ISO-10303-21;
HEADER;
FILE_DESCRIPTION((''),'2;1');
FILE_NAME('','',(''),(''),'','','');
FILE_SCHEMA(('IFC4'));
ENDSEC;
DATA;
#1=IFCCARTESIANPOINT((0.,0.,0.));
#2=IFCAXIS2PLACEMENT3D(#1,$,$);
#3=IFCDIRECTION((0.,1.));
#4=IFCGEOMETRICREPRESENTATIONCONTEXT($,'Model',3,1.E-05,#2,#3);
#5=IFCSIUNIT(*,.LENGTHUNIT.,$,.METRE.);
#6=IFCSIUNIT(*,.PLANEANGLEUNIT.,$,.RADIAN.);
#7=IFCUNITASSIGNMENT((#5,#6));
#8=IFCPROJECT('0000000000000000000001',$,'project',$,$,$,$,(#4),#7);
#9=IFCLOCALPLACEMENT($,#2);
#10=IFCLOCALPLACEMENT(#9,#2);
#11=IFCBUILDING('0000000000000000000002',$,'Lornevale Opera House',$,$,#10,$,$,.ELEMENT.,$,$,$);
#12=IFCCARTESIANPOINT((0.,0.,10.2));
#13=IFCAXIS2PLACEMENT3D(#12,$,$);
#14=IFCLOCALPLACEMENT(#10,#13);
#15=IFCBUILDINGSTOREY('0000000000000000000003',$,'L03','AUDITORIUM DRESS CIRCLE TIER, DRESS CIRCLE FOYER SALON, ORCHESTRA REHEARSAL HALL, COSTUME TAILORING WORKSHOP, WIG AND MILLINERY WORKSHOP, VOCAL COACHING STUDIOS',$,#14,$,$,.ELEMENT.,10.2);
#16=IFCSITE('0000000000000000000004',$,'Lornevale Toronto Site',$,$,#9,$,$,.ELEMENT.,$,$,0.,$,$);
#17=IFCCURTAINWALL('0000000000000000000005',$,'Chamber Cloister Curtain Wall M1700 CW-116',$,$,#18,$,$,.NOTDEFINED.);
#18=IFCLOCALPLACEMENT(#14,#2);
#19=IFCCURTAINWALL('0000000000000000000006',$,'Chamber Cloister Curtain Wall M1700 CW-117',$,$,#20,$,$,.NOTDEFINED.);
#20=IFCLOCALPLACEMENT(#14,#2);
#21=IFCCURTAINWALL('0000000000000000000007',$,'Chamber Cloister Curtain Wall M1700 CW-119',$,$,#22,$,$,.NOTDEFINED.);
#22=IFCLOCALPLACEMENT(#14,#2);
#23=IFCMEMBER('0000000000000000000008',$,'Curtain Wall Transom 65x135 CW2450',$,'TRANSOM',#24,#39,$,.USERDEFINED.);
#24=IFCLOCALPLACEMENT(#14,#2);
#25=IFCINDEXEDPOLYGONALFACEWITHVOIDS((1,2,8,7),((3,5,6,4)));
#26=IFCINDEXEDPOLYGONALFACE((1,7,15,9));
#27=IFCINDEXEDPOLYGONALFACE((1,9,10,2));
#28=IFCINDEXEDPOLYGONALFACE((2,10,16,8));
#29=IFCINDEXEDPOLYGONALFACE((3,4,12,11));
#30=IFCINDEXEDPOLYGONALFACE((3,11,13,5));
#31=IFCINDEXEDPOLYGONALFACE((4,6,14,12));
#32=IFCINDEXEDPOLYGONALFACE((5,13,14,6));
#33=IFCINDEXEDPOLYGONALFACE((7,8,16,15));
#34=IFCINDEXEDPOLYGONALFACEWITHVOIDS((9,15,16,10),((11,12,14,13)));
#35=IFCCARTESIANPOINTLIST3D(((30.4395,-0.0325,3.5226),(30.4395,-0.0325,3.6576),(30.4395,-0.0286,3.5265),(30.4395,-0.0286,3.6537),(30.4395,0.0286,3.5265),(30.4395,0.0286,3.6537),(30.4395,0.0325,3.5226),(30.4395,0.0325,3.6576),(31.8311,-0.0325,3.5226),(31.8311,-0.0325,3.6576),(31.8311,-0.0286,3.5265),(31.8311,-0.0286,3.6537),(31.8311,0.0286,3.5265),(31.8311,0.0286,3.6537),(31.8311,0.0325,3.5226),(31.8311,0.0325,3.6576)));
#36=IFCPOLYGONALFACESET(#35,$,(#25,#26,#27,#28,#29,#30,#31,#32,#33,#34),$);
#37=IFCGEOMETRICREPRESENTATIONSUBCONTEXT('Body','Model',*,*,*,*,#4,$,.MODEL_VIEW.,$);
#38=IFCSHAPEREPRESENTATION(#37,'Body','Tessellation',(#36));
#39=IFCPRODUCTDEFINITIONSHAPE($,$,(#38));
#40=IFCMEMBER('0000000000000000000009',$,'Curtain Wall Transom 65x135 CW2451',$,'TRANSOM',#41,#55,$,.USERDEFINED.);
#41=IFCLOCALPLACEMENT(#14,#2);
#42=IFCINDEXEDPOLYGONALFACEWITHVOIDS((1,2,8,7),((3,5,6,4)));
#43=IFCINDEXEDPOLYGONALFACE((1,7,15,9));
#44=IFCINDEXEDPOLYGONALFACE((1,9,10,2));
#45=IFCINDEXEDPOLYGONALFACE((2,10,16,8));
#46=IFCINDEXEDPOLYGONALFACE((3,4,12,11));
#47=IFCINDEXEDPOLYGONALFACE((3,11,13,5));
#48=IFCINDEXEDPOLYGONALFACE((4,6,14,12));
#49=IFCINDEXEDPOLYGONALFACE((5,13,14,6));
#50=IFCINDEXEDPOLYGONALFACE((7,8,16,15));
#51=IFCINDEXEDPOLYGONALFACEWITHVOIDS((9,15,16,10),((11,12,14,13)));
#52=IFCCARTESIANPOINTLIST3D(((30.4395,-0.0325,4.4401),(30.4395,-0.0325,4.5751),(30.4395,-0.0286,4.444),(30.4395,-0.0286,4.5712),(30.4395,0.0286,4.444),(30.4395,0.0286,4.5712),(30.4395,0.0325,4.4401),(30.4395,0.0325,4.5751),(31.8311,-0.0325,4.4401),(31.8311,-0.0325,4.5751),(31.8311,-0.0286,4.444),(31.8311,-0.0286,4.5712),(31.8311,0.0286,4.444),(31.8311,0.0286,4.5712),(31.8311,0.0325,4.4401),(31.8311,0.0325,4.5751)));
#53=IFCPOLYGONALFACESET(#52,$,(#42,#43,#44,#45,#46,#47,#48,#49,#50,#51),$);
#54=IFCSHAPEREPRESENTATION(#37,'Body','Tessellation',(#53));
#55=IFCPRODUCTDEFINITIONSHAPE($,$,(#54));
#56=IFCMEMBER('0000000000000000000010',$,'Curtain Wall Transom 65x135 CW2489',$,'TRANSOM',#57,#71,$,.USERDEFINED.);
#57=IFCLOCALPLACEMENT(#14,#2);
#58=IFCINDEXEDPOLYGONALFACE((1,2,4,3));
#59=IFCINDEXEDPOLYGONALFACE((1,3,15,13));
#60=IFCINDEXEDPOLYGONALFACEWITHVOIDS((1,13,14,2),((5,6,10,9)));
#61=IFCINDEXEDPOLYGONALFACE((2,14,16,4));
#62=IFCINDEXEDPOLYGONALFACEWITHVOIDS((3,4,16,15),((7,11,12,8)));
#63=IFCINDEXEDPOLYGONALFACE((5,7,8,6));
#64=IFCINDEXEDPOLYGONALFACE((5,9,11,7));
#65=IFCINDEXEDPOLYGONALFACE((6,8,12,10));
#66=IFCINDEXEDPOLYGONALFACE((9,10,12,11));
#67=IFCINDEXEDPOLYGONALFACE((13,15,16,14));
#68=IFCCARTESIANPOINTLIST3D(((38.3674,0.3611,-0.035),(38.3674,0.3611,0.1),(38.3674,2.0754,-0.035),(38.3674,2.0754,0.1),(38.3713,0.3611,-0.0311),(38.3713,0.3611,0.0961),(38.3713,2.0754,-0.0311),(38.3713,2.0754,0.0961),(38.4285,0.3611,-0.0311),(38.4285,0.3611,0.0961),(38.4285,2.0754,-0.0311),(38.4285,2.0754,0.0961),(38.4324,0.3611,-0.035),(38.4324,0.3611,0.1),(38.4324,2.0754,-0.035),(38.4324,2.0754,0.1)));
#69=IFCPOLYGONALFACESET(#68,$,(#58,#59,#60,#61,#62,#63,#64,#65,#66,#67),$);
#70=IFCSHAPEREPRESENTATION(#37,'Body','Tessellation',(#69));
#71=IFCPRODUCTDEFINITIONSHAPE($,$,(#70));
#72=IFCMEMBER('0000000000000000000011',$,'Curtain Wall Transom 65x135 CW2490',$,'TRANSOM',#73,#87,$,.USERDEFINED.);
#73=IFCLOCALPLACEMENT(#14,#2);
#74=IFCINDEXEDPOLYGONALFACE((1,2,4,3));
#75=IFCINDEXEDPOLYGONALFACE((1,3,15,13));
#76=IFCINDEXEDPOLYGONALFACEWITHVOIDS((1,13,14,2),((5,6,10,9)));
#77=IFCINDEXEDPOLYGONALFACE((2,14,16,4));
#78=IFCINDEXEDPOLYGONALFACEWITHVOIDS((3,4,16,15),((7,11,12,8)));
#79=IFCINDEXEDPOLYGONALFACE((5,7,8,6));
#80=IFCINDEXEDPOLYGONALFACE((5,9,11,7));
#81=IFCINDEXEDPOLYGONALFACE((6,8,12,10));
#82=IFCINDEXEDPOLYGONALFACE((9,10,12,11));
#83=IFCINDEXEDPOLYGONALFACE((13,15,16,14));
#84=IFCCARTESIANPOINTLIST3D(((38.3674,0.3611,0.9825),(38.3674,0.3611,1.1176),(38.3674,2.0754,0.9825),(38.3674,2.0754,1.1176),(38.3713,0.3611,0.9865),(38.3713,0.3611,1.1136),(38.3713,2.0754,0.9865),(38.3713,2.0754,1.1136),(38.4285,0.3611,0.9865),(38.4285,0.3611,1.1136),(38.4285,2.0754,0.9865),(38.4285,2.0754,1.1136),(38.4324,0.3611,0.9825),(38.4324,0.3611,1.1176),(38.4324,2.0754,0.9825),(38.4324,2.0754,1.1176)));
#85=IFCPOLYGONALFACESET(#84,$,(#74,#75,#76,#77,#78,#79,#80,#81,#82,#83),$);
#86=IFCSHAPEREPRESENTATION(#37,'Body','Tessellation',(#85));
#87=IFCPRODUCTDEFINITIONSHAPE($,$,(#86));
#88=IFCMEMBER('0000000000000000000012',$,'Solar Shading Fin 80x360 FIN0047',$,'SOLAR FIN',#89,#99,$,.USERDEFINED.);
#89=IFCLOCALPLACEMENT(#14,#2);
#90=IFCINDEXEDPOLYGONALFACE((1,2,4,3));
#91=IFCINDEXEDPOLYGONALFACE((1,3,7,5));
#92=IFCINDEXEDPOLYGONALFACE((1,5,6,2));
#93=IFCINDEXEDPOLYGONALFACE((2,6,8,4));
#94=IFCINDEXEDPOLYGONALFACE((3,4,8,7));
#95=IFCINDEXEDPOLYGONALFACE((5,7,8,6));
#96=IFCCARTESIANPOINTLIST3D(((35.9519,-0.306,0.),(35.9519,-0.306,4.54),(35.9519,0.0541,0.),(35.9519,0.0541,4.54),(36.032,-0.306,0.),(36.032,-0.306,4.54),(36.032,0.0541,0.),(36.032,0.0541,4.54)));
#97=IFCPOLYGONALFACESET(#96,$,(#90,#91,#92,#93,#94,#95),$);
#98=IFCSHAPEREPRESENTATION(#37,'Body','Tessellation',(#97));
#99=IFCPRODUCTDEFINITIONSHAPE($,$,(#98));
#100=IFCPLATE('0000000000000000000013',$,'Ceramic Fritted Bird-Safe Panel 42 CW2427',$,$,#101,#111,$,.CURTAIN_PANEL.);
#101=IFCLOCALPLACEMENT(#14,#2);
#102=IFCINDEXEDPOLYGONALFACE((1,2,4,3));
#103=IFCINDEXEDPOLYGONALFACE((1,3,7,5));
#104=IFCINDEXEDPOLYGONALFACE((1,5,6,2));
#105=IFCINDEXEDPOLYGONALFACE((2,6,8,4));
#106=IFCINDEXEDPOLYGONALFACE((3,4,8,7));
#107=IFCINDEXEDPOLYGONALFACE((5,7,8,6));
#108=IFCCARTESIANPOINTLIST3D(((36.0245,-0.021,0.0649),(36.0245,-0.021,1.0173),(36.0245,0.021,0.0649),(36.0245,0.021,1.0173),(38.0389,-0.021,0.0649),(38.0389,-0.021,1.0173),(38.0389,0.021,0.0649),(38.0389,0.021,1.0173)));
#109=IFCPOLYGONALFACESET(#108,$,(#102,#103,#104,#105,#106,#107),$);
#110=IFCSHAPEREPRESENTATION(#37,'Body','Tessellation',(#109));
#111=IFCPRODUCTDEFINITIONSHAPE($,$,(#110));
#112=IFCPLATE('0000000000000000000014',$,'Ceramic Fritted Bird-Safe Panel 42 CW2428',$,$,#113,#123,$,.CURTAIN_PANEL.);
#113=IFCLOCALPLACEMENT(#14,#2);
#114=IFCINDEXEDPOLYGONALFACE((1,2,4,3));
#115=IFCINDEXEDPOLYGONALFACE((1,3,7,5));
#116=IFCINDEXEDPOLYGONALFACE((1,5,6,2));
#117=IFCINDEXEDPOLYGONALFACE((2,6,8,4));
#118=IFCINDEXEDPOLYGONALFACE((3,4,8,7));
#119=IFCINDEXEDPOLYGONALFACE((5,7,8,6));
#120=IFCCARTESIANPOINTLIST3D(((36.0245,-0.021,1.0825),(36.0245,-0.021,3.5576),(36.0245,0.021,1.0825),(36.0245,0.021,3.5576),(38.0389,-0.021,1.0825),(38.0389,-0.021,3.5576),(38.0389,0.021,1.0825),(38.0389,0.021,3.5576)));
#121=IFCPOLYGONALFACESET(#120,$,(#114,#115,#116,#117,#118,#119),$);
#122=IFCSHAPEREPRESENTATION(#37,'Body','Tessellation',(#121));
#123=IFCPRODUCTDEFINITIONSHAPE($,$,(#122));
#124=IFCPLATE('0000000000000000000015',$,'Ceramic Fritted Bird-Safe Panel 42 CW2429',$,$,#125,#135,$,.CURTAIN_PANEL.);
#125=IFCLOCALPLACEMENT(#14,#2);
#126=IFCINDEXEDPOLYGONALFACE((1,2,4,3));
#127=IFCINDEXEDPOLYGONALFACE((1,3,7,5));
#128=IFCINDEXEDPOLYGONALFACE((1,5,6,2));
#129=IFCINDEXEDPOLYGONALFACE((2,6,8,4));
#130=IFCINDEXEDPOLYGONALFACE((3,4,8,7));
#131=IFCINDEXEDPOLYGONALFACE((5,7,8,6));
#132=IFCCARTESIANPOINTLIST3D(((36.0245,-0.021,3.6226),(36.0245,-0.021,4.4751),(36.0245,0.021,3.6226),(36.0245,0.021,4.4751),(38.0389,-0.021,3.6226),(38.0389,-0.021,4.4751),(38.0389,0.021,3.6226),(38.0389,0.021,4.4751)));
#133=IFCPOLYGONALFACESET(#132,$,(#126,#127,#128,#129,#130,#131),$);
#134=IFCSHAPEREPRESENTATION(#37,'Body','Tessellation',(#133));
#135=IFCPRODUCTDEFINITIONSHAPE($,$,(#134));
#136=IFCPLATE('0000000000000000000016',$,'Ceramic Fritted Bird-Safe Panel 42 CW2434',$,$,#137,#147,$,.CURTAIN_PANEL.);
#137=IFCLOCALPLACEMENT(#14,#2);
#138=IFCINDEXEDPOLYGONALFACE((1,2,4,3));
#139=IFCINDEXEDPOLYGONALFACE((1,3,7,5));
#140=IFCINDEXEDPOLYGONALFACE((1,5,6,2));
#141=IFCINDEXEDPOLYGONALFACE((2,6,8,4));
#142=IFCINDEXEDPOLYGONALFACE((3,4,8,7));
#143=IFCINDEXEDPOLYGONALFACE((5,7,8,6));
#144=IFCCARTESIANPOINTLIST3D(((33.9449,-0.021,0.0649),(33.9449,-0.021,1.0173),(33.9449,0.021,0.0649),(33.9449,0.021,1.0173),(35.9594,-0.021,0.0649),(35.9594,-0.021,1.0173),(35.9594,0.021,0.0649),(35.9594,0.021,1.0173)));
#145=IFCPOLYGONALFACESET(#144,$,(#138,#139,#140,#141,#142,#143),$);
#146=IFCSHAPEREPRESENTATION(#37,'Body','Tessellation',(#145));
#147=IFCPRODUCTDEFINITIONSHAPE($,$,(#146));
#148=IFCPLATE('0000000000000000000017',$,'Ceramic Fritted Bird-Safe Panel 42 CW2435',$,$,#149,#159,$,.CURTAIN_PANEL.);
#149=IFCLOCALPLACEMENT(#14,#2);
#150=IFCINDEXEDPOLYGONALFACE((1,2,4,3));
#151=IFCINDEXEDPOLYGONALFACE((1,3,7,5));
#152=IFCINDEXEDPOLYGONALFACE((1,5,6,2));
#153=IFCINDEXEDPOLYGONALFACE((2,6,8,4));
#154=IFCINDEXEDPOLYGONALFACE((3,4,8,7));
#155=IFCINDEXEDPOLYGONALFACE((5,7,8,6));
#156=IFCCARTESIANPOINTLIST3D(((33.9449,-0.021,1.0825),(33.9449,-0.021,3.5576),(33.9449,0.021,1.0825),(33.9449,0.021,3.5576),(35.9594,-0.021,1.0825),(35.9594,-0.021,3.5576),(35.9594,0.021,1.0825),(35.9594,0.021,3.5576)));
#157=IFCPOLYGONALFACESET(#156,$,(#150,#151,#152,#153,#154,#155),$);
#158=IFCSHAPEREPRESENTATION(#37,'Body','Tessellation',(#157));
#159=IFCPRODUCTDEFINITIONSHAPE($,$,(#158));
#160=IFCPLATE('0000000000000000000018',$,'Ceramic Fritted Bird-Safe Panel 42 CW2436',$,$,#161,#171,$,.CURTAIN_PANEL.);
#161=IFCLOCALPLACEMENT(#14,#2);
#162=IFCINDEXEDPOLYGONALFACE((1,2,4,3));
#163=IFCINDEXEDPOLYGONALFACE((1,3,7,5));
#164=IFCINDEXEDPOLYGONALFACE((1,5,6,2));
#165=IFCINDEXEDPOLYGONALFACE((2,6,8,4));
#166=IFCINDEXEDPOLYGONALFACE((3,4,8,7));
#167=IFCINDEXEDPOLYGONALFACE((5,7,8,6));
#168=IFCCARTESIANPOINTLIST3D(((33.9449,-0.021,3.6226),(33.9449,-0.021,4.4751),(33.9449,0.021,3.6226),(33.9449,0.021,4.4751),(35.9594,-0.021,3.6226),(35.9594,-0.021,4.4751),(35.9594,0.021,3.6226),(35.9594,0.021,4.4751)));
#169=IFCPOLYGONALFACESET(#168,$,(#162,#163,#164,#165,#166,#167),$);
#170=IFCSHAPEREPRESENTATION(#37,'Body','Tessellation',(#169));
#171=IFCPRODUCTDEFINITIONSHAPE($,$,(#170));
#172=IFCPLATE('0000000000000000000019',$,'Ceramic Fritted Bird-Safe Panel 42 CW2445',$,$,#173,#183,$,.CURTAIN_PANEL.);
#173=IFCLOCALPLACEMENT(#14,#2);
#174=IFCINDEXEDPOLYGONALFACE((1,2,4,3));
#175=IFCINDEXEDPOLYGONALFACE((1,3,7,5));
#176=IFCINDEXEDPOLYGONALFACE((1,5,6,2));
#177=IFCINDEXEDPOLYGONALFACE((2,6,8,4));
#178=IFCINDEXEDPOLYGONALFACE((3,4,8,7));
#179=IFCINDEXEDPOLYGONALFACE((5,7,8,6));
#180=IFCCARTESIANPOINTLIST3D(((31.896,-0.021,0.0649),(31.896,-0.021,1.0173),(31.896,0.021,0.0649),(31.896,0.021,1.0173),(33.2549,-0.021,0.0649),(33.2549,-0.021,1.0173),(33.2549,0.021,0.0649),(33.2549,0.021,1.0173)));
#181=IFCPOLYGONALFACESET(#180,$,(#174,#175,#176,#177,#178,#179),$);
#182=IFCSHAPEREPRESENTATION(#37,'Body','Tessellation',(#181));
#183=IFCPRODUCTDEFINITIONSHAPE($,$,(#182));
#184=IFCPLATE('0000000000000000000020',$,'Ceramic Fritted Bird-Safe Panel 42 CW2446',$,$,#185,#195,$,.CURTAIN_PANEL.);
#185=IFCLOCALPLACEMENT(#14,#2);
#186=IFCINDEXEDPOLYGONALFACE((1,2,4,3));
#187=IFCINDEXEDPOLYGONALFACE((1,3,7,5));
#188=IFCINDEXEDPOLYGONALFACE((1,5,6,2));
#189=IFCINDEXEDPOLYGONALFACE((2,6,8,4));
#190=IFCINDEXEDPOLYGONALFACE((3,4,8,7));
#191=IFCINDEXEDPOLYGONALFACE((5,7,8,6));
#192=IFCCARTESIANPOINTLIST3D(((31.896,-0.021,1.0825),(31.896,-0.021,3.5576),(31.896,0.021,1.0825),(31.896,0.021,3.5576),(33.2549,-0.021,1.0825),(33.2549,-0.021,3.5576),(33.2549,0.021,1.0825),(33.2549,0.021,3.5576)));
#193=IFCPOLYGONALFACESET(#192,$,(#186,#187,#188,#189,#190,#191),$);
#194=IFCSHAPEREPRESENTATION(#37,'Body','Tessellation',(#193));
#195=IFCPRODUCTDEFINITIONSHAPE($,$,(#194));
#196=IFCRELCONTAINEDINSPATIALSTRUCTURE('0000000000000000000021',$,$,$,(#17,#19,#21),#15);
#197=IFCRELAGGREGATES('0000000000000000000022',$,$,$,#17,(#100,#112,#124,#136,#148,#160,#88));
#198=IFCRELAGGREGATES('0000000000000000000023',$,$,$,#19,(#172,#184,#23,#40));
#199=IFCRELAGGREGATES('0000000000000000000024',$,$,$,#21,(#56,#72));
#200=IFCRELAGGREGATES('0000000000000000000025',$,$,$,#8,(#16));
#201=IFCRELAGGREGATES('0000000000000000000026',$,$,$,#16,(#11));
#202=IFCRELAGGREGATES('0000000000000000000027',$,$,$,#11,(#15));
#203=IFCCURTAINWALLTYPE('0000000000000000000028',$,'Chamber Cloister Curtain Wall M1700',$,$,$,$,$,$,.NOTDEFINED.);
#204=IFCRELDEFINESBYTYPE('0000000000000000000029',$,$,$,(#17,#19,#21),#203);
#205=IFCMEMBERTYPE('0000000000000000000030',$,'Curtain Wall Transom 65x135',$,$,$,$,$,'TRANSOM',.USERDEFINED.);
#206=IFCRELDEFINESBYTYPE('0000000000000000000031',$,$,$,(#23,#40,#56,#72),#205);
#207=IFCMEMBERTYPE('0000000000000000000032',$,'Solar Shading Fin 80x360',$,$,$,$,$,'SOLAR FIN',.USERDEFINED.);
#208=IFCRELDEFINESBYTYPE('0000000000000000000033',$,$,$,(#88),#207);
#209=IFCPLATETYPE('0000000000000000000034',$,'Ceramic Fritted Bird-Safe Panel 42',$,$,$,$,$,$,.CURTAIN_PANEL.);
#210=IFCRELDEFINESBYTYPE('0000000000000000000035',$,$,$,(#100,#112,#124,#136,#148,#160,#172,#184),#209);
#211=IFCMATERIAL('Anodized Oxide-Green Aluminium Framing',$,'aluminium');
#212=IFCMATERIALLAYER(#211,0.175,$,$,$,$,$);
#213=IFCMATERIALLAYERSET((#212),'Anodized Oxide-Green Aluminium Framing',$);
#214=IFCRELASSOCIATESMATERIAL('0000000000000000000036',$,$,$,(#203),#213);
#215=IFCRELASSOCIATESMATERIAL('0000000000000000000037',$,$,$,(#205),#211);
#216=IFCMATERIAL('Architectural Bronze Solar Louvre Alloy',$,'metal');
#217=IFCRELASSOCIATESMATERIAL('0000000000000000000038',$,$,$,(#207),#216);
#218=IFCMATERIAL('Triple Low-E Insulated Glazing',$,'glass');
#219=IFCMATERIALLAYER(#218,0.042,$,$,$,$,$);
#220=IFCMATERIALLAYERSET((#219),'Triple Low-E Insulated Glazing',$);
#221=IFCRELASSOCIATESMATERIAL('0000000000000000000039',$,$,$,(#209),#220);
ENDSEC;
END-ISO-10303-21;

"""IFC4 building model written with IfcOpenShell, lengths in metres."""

from ifc_helpers import new_model, si_unit, direction, frame, origin, origin_2d, place, context, subcontext, project, spatial, rectangle, hollow_rectangle, extrude, material, layer, layer_set, material_profile, profile_set, type_object, element, aggregate, save


model = new_model("IFC4")

# Units and contexts
model_context = context("Model", 3, precision=1e-05, world=origin(), true_north=direction((0.0, 1.0)))
body_context = subcontext(model_context, "Body", "Model", "MODEL_VIEW")
ifc_project = project(units=[si_unit("LENGTHUNIT", "METRE"), si_unit("PLANEANGLEUNIT", "RADIAN")], contexts=[model_context])

# Site, building, storey
site_placement = place(None, origin())
site = spatial("IfcSite", under=ifc_project, at=site_placement, Name="Lornevale Toronto Site", CompositionType="ELEMENT", RefElevation=0.0)
building_placement = place(site_placement, origin())
building = spatial("IfcBuilding", under=site, at=building_placement, Name="Lornevale Opera House", CompositionType="ELEMENT")
storey_placement = place(building_placement, frame((0.0, 0.0, 10.2)))
storey = spatial("IfcBuildingStorey", under=building, at=storey_placement, Name="L03", Description="AUDITORIUM DRESS CIRCLE TIER, DRESS CIRCLE FOYER SALON, ORCHESTRA REHEARSAL HALL, COSTUME TAILORING WORKSHOP, WIG AND MILLINERY WORKSHOP, VOCAL COACHING STUDIOS", CompositionType="ELEMENT", Elevation=10.2)

# Curtain walls
ifc_material_1 = material(Name="Anodized Oxide-Green Aluminium Framing", Category="aluminium")
ifc_layer_1 = layer(ifc_material_1, 0.175)
ifc_layer_set_1 = layer_set([ifc_layer_1], Name="Anodized Oxide-Green Aluminium Framing")
curtain_wall_type = type_object("IfcCurtainWallType", Name="Chamber Cloister Curtain Wall M1700", PredefinedType="NOTDEFINED", material=ifc_layer_set_1)
curtain_wall_1_placement = place(storey_placement, origin())
curtain_wall_1 = element("IfcCurtainWall", 1, at=curtain_wall_1_placement, inside=storey, type_object=curtain_wall_type, Name="Chamber Cloister Curtain Wall M1700 CW-116", PredefinedType="NOTDEFINED")
curtain_wall_2_placement = place(storey_placement, origin())
curtain_wall_2 = element("IfcCurtainWall", 2, at=curtain_wall_2_placement, inside=storey, type_object=curtain_wall_type, Name="Chamber Cloister Curtain Wall M1700 CW-117", PredefinedType="NOTDEFINED")

# Curtain wall
curtain_wall_3_placement = place(storey_placement, origin())
curtain_wall_3 = element("IfcCurtainWall", 3, at=curtain_wall_3_placement, inside=storey, type_object=curtain_wall_type, Name="Chamber Cloister Curtain Wall M1700 CW-119", PredefinedType="NOTDEFINED")

# Members
ifc_material_profile_1 = material_profile(ifc_material_1, hollow_rectangle(XDim=0.0649, YDim=0.135, WallThickness=0.0039, at=origin_2d()), Name="ALU65x135x4")
ifc_profile_set_1 = profile_set([ifc_material_profile_1], Name="Anodized Oxide-Green Aluminium Framing")
member_type_1 = type_object("IfcMemberType", Name="Curtain Wall Transom 65x135", ElementType="TRANSOM", PredefinedType="USERDEFINED", material=ifc_profile_set_1)
member_1_placement = place(storey_placement, frame((31.8311, 0.0, 3.5901), z_axis=(-1.0, 0.0, 0.0), x_axis=(0.0, -1.0, 0.0)))
member_1 = element("IfcMember", 4, at=member_1_placement, type_object=member_type_1, Name="Curtain Wall Transom 65x135 CW2450", ObjectType="TRANSOM", PredefinedType="USERDEFINED", context=body_context, shape_type="SweptSolid", body=[
    extrude(hollow_rectangle(XDim=0.0649, YDim=0.135, WallThickness=0.0039, at=origin_2d()), origin(), (0.0, 0.0, 1.0), 1.3916),
])
member_2_placement = place(storey_placement, frame((31.8311, 0.0, 4.5076), z_axis=(-1.0, 0.0, 0.0), x_axis=(0.0, -1.0, 0.0)))
member_2 = element("IfcMember", 5, at=member_2_placement, type_object=member_type_1, Name="Curtain Wall Transom 65x135 CW2451", ObjectType="TRANSOM", PredefinedType="USERDEFINED", context=body_context, shape_type="SweptSolid", body=[
    extrude(hollow_rectangle(XDim=0.0649, YDim=0.135, WallThickness=0.0039, at=origin_2d()), origin(), (0.0, 0.0, 1.0), 1.3916),
])
member_3_placement = place(storey_placement, frame((38.3999, 2.0754, 0.0325), z_axis=(0.0, -1.0, 0.0), x_axis=(1.0, 0.0, 0.0)))
member_3 = element("IfcMember", 6, at=member_3_placement, type_object=member_type_1, Name="Curtain Wall Transom 65x135 CW2489", ObjectType="TRANSOM", PredefinedType="USERDEFINED", context=body_context, shape_type="SweptSolid", body=[
    extrude(hollow_rectangle(XDim=0.0649, YDim=0.135, WallThickness=0.0039, at=origin_2d()), origin(), (0.0, 0.0, 1.0), 1.7144),
])
member_4_placement = place(storey_placement, frame((38.3999, 2.0754, 1.05), z_axis=(0.0, -1.0, 0.0), x_axis=(1.0, 0.0, 0.0)))
member_4 = element("IfcMember", 7, at=member_4_placement, type_object=member_type_1, Name="Curtain Wall Transom 65x135 CW2490", ObjectType="TRANSOM", PredefinedType="USERDEFINED", context=body_context, shape_type="SweptSolid", body=[
    extrude(hollow_rectangle(XDim=0.0649, YDim=0.135, WallThickness=0.0039, at=origin_2d()), origin(), (0.0, 0.0, 1.0), 1.7144),
])
ifc_material_2 = material(Name="Architectural Bronze Solar Louvre Alloy", Category="metal")
ifc_material_profile_2 = material_profile(ifc_material_2, rectangle(XDim=0.0801, YDim=0.3601, at=origin_2d()), Name="FIN80x360")
ifc_profile_set_2 = profile_set([ifc_material_profile_2], Name="Architectural Bronze Solar Louvre Alloy")
member_type_2 = type_object("IfcMemberType", Name="Solar Shading Fin 80x360", ElementType="SOLAR FIN", PredefinedType="USERDEFINED", material=ifc_profile_set_2)
member_5_placement = place(storey_placement, frame((35.9919, -0.126, 0.0), z_axis=(0.0, 0.0, 1.0), x_axis=(-1.0, 0.0, 0.0)))
member_5 = element("IfcMember", 8, at=member_5_placement, type_object=member_type_2, Name="Solar Shading Fin 80x360 FIN0047", ObjectType="SOLAR FIN", PredefinedType="USERDEFINED", context=body_context, shape_type="SweptSolid", body=[
    extrude(rectangle(XDim=0.0801, YDim=0.3601, at=origin_2d()), origin(), (0.0, 0.0, 1.0), 4.54),
])

# Plates
ifc_material_3 = material(Name="Triple Low-E Insulated Glazing", Category="glass")
ifc_layer_2 = layer(ifc_material_3, 0.042)
ifc_layer_set_2 = layer_set([ifc_layer_2], Name="Triple Low-E Insulated Glazing")
plate_type = type_object("IfcPlateType", Name="Ceramic Fritted Bird-Safe Panel 42", PredefinedType="CURTAIN_PANEL", material=ifc_layer_set_2)
plate_1_placement = place(storey_placement, frame((37.0317, 0.0, 0.0649), z_axis=(0.0, 0.0, 1.0), x_axis=(-1.0, 0.0, 0.0)))
plate_1 = element("IfcPlate", 9, at=plate_1_placement, type_object=plate_type, Name="Ceramic Fritted Bird-Safe Panel 42 CW2427", PredefinedType="CURTAIN_PANEL", context=body_context, shape_type="SweptSolid", body=[
    extrude(rectangle(XDim=2.0144, YDim=0.042, at=origin_2d()), origin(), (0.0, 0.0, 1.0), 0.9524),
])
plate_2_placement = place(storey_placement, frame((37.0317, 0.0, 1.0825), z_axis=(0.0, 0.0, 1.0), x_axis=(-1.0, 0.0, 0.0)))
plate_2 = element("IfcPlate", 10, at=plate_2_placement, type_object=plate_type, Name="Ceramic Fritted Bird-Safe Panel 42 CW2428", PredefinedType="CURTAIN_PANEL", context=body_context, shape_type="SweptSolid", body=[
    extrude(rectangle(XDim=2.0144, YDim=0.042, at=origin_2d()), origin(), (0.0, 0.0, 1.0), 2.4751),
])
plate_3_placement = place(storey_placement, frame((37.0317, 0.0, 3.6226), z_axis=(0.0, 0.0, 1.0), x_axis=(-1.0, 0.0, 0.0)))
plate_3 = element("IfcPlate", 11, at=plate_3_placement, type_object=plate_type, Name="Ceramic Fritted Bird-Safe Panel 42 CW2429", PredefinedType="CURTAIN_PANEL", context=body_context, shape_type="SweptSolid", body=[
    extrude(rectangle(XDim=2.0144, YDim=0.042, at=origin_2d()), origin(), (0.0, 0.0, 1.0), 0.8525),
])
plate_4_placement = place(storey_placement, frame((34.9521, 0.0, 0.0649), z_axis=(0.0, 0.0, 1.0), x_axis=(-1.0, 0.0, 0.0)))
plate_4 = element("IfcPlate", 12, at=plate_4_placement, type_object=plate_type, Name="Ceramic Fritted Bird-Safe Panel 42 CW2434", PredefinedType="CURTAIN_PANEL", context=body_context, shape_type="SweptSolid", body=[
    extrude(rectangle(XDim=2.0144, YDim=0.042, at=origin_2d()), origin(), (0.0, 0.0, 1.0), 0.9524),
])
plate_5_placement = place(storey_placement, frame((34.9521, 0.0, 1.0825), z_axis=(0.0, 0.0, 1.0), x_axis=(-1.0, 0.0, 0.0)))
plate_5 = element("IfcPlate", 13, at=plate_5_placement, type_object=plate_type, Name="Ceramic Fritted Bird-Safe Panel 42 CW2435", PredefinedType="CURTAIN_PANEL", context=body_context, shape_type="SweptSolid", body=[
    extrude(rectangle(XDim=2.0144, YDim=0.042, at=origin_2d()), origin(), (0.0, 0.0, 1.0), 2.4751),
])
plate_6_placement = place(storey_placement, frame((34.9521, 0.0, 3.6226), z_axis=(0.0, 0.0, 1.0), x_axis=(-1.0, 0.0, 0.0)))
plate_6 = element("IfcPlate", 14, at=plate_6_placement, type_object=plate_type, Name="Ceramic Fritted Bird-Safe Panel 42 CW2436", PredefinedType="CURTAIN_PANEL", context=body_context, shape_type="SweptSolid", body=[
    extrude(rectangle(XDim=2.0144, YDim=0.042, at=origin_2d()), origin(), (0.0, 0.0, 1.0), 0.8525),
])
aggregate(curtain_wall_1, [plate_1, plate_2, plate_3, plate_4, plate_5, plate_6, member_5])
plate_7_placement = place(storey_placement, frame((32.5754, 0.0, 0.0649), z_axis=(0.0, 0.0, 1.0), x_axis=(-1.0, 0.0, 0.0)))
plate_7 = element("IfcPlate", 15, at=plate_7_placement, type_object=plate_type, Name="Ceramic Fritted Bird-Safe Panel 42 CW2445", PredefinedType="CURTAIN_PANEL", context=body_context, shape_type="SweptSolid", body=[
    extrude(rectangle(XDim=1.3589, YDim=0.042, at=origin_2d()), origin(), (0.0, 0.0, 1.0), 0.9524),
])
plate_8_placement = place(storey_placement, frame((32.5754, 0.0, 1.0825), z_axis=(0.0, 0.0, 1.0), x_axis=(-1.0, 0.0, 0.0)))
plate_8 = element("IfcPlate", 16, at=plate_8_placement, type_object=plate_type, Name="Ceramic Fritted Bird-Safe Panel 42 CW2446", PredefinedType="CURTAIN_PANEL", context=body_context, shape_type="SweptSolid", body=[
    extrude(rectangle(XDim=1.3589, YDim=0.042, at=origin_2d()), origin(), (0.0, 0.0, 1.0), 2.4751),
])
aggregate(curtain_wall_2, [plate_7, plate_8, member_1, member_2])
aggregate(curtain_wall_3, [member_3, member_4])

save(model, "model.ifc")
